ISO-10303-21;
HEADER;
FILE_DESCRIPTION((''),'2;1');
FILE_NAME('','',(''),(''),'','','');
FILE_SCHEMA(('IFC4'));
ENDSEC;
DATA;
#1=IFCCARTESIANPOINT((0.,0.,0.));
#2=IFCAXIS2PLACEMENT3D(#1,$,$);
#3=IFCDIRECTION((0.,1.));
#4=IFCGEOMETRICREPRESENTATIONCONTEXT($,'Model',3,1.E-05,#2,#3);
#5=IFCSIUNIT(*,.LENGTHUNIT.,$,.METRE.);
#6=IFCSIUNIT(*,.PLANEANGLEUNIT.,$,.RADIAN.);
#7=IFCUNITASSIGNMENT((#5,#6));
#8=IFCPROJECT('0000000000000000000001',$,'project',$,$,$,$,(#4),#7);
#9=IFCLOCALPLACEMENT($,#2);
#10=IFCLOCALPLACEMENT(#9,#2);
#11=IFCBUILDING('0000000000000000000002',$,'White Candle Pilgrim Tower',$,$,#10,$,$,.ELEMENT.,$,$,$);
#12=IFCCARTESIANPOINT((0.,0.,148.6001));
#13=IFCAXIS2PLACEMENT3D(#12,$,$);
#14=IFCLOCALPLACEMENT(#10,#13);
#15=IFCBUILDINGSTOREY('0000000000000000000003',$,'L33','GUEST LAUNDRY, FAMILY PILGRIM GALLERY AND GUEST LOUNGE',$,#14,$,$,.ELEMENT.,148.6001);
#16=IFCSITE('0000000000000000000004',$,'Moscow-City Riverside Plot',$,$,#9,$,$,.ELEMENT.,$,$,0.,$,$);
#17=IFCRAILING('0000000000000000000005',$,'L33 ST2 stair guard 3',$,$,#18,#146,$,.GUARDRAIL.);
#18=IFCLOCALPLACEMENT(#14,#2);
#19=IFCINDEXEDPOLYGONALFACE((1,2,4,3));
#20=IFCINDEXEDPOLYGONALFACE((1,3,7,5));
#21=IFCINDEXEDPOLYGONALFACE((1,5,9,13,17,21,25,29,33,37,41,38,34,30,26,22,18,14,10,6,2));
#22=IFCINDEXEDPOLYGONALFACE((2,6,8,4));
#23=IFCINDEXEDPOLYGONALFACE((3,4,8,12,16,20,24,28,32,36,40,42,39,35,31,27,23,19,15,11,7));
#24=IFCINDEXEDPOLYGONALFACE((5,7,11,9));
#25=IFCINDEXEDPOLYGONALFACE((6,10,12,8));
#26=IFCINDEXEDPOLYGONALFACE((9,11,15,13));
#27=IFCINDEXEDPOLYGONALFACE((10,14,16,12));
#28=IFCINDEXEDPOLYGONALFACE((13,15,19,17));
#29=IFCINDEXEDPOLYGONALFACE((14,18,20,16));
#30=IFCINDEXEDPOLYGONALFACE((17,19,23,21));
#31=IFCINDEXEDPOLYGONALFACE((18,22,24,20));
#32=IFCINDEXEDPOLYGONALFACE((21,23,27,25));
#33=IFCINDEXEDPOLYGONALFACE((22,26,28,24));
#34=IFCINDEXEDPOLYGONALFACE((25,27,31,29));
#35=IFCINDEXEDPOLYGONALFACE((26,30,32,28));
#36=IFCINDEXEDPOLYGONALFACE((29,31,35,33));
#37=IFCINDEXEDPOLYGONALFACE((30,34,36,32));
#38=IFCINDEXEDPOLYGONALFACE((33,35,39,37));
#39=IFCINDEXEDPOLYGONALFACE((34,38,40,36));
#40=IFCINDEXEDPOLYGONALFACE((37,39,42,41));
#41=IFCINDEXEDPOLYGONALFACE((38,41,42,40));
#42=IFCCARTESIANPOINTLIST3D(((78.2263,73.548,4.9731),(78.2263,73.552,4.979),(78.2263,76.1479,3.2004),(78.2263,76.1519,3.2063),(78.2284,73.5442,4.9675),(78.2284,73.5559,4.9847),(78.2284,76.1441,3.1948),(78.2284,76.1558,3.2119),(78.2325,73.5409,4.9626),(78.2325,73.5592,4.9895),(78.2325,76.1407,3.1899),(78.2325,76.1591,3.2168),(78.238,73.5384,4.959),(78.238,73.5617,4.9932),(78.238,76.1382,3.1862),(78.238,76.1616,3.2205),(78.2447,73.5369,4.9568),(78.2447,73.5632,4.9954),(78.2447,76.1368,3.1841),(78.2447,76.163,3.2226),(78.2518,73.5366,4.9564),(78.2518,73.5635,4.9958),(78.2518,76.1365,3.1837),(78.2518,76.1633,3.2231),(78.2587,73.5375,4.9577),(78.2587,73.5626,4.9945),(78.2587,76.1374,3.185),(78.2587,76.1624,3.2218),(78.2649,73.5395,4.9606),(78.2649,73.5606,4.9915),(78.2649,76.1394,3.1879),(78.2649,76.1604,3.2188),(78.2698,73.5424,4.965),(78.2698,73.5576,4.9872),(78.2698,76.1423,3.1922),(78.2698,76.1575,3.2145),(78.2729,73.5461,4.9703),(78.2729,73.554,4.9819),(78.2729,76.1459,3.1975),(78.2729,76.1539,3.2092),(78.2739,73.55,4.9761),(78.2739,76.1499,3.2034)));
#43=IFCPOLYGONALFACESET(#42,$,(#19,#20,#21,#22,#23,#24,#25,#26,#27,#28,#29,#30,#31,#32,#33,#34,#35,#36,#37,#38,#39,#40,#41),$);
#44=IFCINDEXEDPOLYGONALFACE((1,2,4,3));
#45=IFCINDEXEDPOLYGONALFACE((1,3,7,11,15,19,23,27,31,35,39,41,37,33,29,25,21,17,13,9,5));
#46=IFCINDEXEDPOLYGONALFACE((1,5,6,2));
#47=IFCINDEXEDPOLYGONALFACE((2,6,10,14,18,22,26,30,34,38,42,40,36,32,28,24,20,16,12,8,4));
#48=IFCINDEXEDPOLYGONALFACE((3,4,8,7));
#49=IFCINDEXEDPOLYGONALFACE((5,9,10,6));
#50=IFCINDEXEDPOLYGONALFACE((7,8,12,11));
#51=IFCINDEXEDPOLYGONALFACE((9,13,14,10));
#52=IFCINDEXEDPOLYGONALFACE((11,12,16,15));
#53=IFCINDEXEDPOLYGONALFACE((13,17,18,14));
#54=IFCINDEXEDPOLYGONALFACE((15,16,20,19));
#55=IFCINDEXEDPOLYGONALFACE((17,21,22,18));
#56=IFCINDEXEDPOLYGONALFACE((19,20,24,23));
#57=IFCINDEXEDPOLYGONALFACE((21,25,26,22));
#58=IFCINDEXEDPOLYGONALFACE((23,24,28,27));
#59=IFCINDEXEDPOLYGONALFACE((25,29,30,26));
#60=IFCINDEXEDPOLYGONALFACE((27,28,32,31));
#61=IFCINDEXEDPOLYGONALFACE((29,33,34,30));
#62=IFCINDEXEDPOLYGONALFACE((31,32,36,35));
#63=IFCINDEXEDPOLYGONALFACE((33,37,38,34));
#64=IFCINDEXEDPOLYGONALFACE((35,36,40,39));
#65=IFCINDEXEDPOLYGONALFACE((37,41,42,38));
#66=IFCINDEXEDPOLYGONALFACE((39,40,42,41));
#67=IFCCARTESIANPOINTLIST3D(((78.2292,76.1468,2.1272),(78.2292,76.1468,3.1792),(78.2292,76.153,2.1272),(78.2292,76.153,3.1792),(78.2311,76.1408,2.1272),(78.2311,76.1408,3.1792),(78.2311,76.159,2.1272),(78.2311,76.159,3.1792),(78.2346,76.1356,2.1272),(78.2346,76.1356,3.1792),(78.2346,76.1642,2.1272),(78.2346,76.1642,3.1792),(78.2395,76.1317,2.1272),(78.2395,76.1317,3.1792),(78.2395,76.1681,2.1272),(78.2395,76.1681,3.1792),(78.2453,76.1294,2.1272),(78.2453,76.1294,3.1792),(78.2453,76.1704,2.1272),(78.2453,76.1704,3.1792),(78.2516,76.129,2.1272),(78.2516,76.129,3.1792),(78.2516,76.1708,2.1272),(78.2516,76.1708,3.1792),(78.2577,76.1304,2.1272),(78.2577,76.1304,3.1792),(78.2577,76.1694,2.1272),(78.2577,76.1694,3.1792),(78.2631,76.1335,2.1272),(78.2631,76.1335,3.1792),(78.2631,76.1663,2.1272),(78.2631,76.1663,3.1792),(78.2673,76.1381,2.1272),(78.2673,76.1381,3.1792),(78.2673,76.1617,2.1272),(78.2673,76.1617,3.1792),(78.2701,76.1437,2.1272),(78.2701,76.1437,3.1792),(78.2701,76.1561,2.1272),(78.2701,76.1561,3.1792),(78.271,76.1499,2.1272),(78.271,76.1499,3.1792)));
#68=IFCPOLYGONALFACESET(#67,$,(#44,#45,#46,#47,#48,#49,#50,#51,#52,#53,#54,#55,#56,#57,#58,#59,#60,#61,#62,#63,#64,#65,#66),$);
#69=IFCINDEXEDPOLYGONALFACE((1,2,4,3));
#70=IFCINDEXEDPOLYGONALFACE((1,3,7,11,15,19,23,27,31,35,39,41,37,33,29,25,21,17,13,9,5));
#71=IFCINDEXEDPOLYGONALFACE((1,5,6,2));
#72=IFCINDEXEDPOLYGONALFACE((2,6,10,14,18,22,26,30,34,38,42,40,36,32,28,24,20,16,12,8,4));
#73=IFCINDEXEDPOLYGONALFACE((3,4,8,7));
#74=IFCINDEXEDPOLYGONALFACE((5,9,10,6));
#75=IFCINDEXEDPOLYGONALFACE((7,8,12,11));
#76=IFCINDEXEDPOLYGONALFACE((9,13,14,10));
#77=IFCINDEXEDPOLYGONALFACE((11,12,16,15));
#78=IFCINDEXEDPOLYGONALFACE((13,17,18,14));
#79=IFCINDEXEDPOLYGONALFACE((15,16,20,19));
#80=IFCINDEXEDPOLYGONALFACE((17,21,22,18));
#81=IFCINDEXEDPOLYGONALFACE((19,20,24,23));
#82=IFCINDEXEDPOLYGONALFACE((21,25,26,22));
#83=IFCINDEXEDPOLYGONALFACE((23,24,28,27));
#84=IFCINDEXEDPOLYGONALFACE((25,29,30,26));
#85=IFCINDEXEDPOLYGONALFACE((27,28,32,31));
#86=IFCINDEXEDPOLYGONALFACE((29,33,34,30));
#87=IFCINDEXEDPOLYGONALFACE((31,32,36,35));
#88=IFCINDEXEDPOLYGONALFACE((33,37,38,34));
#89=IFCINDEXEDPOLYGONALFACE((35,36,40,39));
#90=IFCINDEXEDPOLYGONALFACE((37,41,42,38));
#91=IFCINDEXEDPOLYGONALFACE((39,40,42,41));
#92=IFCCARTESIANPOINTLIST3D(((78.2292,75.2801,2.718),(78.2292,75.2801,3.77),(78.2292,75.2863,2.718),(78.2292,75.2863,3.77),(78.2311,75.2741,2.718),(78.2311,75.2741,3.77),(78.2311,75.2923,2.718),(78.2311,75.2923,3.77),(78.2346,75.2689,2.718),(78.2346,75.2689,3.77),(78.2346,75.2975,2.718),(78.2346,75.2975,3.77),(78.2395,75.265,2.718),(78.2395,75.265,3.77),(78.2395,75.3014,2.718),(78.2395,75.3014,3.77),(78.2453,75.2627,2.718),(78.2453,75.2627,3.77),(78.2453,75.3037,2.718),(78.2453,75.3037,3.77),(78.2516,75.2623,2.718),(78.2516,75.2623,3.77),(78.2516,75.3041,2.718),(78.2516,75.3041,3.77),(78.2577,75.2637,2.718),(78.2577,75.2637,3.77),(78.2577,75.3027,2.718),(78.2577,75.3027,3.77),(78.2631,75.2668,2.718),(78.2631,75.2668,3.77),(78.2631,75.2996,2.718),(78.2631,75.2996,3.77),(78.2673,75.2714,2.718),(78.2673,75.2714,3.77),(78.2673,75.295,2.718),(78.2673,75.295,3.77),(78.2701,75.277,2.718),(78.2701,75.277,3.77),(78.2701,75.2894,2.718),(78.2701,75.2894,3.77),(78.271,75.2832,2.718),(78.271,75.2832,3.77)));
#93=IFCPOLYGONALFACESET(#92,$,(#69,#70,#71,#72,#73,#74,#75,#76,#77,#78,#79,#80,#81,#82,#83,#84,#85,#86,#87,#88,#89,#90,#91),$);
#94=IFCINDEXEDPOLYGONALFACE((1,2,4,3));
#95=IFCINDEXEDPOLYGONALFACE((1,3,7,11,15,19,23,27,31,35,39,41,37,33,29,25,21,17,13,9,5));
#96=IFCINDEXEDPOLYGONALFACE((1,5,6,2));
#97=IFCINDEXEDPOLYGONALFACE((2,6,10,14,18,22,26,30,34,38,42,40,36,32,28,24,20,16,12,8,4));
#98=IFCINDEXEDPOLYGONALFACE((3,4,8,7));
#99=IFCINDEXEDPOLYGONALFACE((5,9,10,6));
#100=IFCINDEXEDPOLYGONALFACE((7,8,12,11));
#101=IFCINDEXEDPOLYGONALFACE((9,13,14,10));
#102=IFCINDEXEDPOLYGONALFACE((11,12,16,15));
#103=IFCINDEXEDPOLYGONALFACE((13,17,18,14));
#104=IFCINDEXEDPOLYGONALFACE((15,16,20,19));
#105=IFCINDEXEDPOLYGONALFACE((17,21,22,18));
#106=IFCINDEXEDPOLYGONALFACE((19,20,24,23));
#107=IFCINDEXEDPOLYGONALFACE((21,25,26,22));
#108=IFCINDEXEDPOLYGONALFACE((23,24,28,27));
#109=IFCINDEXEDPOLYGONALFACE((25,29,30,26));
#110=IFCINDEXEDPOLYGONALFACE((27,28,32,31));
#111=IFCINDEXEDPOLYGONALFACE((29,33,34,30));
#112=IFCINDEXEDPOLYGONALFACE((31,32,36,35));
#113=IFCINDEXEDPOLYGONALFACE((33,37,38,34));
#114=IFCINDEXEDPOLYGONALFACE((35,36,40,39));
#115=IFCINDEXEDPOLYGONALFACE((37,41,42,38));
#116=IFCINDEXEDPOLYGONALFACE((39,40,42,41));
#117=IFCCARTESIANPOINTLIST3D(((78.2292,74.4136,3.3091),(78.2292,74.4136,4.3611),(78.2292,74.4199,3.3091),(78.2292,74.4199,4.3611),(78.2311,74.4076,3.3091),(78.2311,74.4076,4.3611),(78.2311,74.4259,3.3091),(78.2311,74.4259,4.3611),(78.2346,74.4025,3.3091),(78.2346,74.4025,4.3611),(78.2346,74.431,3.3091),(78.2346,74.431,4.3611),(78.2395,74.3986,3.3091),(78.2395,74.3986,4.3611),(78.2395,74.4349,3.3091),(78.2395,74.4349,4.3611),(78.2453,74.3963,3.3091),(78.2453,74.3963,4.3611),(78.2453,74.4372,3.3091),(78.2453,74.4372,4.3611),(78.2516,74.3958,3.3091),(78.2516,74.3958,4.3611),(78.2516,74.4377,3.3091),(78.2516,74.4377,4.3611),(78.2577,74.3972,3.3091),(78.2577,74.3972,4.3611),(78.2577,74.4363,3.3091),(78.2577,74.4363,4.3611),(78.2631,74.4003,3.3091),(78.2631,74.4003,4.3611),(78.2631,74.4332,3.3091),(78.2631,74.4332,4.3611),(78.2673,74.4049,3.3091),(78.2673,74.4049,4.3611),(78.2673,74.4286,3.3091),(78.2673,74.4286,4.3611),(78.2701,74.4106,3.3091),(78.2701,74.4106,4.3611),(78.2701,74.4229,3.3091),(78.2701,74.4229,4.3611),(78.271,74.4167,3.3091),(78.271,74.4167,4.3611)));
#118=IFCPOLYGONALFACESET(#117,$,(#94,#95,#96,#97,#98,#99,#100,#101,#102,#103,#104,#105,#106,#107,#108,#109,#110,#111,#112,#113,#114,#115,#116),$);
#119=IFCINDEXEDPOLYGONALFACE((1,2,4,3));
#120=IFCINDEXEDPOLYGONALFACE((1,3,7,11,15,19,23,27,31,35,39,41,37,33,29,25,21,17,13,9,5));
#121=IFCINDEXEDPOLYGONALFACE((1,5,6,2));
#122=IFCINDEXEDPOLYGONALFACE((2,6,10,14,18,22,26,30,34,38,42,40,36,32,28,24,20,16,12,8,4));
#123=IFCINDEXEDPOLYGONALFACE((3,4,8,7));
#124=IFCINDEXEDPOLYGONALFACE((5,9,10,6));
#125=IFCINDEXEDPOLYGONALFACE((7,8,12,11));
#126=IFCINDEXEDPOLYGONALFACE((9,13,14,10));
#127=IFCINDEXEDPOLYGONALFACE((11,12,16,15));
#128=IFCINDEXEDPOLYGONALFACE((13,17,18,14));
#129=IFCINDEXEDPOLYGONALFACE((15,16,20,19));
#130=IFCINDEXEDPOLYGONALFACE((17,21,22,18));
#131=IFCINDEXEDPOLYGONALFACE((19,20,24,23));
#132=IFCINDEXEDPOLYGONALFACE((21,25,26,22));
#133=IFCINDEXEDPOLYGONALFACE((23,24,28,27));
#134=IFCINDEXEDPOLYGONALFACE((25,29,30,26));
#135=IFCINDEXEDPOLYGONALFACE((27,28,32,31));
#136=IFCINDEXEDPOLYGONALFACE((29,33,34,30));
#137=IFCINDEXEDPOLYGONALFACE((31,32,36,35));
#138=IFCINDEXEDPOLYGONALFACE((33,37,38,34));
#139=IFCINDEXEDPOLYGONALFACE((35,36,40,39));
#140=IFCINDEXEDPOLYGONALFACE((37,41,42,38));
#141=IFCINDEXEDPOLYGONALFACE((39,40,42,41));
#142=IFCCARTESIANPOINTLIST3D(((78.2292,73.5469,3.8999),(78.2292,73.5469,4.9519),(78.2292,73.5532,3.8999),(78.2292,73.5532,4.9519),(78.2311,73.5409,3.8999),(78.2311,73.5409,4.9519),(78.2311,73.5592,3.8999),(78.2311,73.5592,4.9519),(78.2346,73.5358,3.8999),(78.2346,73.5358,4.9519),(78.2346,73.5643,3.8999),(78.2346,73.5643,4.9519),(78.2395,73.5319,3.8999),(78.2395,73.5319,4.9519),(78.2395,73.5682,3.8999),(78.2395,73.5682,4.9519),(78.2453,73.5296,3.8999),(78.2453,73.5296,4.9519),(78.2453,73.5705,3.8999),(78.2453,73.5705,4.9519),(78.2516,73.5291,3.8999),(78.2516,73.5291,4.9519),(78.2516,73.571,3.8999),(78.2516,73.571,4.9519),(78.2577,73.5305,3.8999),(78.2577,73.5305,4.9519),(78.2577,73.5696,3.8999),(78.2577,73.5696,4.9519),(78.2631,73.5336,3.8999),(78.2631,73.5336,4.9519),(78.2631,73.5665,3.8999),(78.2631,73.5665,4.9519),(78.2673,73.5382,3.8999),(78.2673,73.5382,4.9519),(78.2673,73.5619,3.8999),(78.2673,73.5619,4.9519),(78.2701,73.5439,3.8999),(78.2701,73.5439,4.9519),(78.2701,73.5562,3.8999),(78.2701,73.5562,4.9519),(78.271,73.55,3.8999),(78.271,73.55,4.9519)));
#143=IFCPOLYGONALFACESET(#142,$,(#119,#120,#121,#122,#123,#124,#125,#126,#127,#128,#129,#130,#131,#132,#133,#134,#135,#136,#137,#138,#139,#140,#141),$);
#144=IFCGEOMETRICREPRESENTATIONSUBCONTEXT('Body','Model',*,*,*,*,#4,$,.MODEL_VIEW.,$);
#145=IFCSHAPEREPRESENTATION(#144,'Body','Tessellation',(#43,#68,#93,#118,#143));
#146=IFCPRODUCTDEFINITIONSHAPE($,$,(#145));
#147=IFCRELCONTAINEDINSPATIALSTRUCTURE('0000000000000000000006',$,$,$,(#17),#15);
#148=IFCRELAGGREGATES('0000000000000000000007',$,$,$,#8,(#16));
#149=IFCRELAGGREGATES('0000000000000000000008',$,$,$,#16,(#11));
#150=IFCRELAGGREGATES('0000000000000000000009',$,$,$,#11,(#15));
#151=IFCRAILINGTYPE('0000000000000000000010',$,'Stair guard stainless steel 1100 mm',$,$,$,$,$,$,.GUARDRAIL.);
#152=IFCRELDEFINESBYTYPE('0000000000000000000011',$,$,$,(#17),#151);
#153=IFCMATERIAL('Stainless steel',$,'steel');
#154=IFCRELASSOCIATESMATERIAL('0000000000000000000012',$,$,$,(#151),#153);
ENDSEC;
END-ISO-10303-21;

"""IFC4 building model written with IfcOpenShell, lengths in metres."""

from ifc_helpers import new_model, si_unit, direction, frame, origin, origin_2d, place, context, subcontext, project, spatial, circle, extrude, material, type_object, element, save


model = new_model("IFC4")

# Units and contexts
model_context = context("Model", 3, precision=1e-05, world=origin(), true_north=direction((0.0, 1.0)))
body_context = subcontext(model_context, "Body", "Model", "MODEL_VIEW")
ifc_project = project(units=[si_unit("LENGTHUNIT", "METRE"), si_unit("PLANEANGLEUNIT", "RADIAN")], contexts=[model_context])

# Site, building, storey
site_placement = place(None, origin())
site = spatial("IfcSite", under=ifc_project, at=site_placement, Name="Moscow-City Riverside Plot", CompositionType="ELEMENT", RefElevation=0.0)
building_placement = place(site_placement, origin())
building = spatial("IfcBuilding", under=site, at=building_placement, Name="White Candle Pilgrim Tower", CompositionType="ELEMENT")
storey_placement = place(building_placement, frame((0.0, 0.0, 148.6001)))
storey = spatial("IfcBuildingStorey", under=building, at=storey_placement, Name="L33", Description="GUEST LAUNDRY, FAMILY PILGRIM GALLERY AND GUEST LOUNGE", CompositionType="ELEMENT", Elevation=148.6001)

# Railing
ifc_material_1 = material(Name="Stainless steel", Category="steel")
railing_type = type_object("IfcRailingType", Name="Stair guard stainless steel 1100 mm", PredefinedType="GUARDRAIL", material=ifc_material_1)
railing_1_placement = place(storey_placement, frame((78.25, 76.1499, 2.1272)))
element("IfcRailing", 1, at=railing_1_placement, inside=storey, type_object=railing_type, Name="L33 ST2 stair guard 3", PredefinedType="GUARDRAIL", context=body_context, shape_type="SweptSolid", body=[
    extrude(circle(Radius=0.0239, at=origin_2d()), frame((0.0, 0.0, 1.0762), z_axis=(0.0, -0.826216, 0.563354), x_axis=(1.0, 0.0, 0.0)), (0.0, 0.0, 1.0), 3.1467),
    extrude(circle(Radius=0.021, at=origin_2d()), origin(), (0.0, 0.0, 1.0), 1.052),
    extrude(circle(Radius=0.021, at=origin_2d()), frame((0.0, -0.8667, 0.5908)), (0.0, 0.0, 1.0), 1.052),
    extrude(circle(Radius=0.021, at=origin_2d()), frame((0.0, -1.7332, 1.1819)), (0.0, 0.0, 1.0), 1.052),
    extrude(circle(Radius=0.021, at=origin_2d()), frame((0.0, -2.5999, 1.7727)), (0.0, 0.0, 1.0), 1.052),
])

save(model, "model.ifc")
